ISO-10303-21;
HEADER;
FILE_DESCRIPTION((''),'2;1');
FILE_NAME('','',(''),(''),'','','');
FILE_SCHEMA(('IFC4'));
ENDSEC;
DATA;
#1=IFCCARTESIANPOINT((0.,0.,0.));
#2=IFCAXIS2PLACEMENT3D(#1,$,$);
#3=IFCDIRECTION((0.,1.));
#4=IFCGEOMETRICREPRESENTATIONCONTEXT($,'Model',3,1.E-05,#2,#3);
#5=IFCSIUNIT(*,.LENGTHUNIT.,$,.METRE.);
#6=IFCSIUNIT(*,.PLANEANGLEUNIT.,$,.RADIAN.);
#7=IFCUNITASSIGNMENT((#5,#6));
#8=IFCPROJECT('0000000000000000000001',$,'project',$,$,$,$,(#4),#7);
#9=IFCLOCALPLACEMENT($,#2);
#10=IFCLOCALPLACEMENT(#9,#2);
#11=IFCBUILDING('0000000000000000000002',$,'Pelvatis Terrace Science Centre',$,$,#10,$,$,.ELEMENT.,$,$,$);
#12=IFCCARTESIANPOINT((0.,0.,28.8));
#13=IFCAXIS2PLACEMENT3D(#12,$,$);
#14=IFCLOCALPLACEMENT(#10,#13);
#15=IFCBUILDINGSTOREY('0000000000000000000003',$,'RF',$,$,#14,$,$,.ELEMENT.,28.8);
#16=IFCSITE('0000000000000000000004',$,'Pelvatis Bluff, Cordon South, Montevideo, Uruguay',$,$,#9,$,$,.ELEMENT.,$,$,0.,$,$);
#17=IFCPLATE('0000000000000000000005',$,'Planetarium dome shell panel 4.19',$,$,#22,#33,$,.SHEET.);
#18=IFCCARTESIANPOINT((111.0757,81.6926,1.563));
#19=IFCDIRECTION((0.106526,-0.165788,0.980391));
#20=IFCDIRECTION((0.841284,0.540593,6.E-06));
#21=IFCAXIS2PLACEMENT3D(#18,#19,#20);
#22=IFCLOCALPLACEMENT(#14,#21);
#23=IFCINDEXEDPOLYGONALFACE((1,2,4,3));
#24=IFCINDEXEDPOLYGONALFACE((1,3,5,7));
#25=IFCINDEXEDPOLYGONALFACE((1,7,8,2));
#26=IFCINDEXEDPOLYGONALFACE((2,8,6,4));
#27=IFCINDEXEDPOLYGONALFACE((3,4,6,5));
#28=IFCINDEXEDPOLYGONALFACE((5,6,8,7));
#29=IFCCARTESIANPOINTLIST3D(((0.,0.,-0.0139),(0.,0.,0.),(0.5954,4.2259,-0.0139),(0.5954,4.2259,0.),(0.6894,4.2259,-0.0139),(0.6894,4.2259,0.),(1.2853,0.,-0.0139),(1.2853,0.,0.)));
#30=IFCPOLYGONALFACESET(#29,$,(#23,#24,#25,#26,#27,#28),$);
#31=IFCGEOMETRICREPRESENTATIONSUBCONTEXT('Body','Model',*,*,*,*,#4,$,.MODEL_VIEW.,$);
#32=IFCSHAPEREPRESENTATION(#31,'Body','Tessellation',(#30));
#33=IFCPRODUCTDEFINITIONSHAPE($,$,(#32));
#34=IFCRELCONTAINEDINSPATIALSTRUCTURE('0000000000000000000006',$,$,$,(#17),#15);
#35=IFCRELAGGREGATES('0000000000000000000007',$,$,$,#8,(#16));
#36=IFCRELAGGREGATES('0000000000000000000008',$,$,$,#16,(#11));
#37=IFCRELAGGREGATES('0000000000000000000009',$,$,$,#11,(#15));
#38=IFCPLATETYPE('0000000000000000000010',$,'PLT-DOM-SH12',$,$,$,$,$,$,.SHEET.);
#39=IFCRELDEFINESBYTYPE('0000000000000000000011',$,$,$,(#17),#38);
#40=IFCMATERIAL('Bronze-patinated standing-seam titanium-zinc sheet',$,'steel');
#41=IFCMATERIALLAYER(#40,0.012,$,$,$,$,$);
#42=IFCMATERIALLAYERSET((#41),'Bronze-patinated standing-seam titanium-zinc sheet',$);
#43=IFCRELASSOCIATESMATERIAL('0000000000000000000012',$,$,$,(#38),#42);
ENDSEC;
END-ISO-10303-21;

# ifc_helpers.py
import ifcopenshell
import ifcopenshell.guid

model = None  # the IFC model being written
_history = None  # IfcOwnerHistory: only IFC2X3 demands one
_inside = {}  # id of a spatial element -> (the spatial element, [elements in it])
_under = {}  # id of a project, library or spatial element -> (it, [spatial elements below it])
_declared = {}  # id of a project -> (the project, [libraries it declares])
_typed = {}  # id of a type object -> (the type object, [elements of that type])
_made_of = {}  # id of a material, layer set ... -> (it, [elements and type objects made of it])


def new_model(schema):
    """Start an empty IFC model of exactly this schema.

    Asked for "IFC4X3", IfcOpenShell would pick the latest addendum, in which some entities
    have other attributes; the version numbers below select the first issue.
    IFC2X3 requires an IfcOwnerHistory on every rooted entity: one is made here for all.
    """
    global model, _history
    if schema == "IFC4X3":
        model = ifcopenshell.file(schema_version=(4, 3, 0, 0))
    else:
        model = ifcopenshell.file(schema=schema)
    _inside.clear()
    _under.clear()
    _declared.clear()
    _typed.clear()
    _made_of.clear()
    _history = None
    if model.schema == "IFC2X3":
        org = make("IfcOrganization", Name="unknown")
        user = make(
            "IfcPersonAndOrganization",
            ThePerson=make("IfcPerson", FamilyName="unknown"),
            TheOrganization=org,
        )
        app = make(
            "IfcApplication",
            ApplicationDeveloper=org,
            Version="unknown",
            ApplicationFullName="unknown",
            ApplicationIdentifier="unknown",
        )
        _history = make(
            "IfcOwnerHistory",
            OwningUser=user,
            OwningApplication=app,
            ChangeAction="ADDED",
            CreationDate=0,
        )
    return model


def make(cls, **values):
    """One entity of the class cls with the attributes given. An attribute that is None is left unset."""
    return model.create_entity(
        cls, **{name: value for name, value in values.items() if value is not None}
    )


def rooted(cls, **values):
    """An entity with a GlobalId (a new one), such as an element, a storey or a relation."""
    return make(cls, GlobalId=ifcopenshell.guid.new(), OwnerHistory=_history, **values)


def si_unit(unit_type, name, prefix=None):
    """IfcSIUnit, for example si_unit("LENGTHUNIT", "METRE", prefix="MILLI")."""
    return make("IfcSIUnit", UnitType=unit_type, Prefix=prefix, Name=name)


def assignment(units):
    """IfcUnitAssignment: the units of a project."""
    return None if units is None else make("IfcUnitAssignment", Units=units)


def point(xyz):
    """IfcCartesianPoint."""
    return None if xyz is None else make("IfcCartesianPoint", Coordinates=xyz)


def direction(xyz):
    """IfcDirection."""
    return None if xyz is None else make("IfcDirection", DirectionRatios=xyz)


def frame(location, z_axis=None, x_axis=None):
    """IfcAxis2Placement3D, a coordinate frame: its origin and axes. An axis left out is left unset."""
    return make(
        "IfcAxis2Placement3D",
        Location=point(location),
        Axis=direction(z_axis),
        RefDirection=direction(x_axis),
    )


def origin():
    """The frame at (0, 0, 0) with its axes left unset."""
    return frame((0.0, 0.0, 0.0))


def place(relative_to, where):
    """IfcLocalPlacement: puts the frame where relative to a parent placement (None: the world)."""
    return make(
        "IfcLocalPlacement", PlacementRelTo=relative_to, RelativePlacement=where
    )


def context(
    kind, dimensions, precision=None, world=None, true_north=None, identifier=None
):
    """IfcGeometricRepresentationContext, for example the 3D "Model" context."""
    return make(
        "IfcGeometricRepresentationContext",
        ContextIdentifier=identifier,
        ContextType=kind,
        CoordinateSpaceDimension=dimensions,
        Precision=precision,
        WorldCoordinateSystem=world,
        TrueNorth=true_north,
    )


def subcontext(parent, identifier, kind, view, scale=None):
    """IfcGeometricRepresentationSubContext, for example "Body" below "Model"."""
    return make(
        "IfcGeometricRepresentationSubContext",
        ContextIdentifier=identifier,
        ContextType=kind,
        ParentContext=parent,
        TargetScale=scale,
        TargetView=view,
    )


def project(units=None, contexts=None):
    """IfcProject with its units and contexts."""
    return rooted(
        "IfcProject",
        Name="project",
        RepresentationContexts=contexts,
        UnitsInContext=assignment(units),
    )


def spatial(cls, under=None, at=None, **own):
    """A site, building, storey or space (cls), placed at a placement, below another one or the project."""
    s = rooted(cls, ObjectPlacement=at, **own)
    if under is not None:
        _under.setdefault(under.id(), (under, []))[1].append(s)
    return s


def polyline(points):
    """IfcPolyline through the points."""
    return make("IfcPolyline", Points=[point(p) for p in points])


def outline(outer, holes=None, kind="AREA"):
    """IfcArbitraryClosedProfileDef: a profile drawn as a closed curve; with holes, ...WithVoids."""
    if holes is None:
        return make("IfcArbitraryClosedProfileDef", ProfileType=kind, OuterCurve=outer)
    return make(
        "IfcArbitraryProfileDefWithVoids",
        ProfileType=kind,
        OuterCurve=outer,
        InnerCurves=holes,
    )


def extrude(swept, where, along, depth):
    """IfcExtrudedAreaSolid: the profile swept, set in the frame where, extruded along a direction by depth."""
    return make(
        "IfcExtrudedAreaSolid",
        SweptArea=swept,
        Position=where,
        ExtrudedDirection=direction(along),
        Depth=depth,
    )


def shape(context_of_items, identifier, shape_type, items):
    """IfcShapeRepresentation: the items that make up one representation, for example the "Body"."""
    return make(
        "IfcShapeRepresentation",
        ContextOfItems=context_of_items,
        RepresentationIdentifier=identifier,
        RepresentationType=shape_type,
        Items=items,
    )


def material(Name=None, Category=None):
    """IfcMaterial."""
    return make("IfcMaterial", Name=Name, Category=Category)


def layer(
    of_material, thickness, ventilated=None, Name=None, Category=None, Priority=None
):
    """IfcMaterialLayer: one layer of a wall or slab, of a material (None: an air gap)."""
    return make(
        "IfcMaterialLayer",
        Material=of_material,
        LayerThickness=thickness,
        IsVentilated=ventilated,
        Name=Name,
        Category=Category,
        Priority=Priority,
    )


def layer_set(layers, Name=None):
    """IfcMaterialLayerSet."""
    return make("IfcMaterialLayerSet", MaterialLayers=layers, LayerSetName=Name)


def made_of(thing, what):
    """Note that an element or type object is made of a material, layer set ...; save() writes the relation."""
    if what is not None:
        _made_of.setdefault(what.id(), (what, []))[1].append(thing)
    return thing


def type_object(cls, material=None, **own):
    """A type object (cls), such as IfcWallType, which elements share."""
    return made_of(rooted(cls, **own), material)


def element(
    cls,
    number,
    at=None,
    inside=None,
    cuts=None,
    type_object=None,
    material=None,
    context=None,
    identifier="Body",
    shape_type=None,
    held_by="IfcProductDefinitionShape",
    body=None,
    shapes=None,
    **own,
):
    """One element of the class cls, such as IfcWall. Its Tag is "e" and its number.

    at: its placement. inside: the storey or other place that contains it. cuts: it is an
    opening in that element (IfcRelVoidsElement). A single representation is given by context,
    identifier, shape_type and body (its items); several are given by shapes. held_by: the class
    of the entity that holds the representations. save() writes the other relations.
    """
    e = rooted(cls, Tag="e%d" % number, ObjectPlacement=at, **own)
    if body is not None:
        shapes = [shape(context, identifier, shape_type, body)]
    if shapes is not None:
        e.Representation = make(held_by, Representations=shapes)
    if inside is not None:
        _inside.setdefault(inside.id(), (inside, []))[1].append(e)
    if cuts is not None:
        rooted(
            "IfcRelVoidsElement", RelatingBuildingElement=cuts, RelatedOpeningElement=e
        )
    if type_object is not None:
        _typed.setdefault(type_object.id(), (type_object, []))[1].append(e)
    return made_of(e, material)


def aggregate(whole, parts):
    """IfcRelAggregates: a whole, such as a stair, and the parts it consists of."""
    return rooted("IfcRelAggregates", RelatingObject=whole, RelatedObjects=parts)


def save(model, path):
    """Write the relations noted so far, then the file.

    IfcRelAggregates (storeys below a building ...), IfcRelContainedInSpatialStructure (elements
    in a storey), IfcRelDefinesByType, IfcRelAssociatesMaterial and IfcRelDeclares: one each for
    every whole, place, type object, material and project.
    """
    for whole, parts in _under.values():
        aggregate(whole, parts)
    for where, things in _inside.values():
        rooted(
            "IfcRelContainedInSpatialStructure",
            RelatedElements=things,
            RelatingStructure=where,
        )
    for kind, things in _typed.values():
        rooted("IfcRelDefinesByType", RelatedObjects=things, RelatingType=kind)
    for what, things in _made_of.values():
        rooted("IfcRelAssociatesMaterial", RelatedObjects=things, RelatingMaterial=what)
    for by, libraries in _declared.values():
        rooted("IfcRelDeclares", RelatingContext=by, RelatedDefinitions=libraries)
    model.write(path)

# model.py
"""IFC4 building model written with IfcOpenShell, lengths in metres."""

from ifc_helpers import new_model, si_unit, direction, frame, origin, place, context, subcontext, project, spatial, polyline, outline, extrude, material, layer, layer_set, type_object, element, save


model = new_model("IFC4")

# Units and contexts
model_context = context("Model", 3, precision=1e-05, world=origin(), true_north=direction((0.0, 1.0)))
body_context = subcontext(model_context, "Body", "Model", "MODEL_VIEW")
ifc_project = project(units=[si_unit("LENGTHUNIT", "METRE"), si_unit("PLANEANGLEUNIT", "RADIAN")], contexts=[model_context])

# Site, building, storey
site_placement = place(None, origin())
site = spatial("IfcSite", under=ifc_project, at=site_placement, Name="Pelvatis Bluff, Cordon South, Montevideo, Uruguay", CompositionType="ELEMENT", RefElevation=0.0)
building_placement = place(site_placement, origin())
building = spatial("IfcBuilding", under=site, at=building_placement, Name="Pelvatis Terrace Science Centre", CompositionType="ELEMENT")
storey_placement = place(building_placement, frame((0.0, 0.0, 28.8)))
storey = spatial("IfcBuildingStorey", under=building, at=storey_placement, Name="RF", CompositionType="ELEMENT", Elevation=28.8)

# Plate
ifc_material_1 = material(Name="Bronze-patinated standing-seam titanium-zinc sheet", Category="steel")
ifc_layer_1 = layer(ifc_material_1, 0.012)
ifc_layer_set_1 = layer_set([ifc_layer_1], Name="Bronze-patinated standing-seam titanium-zinc sheet")
plate_type_1 = type_object("IfcPlateType", Name="PLT-DOM-SH12", PredefinedType="SHEET", material=ifc_layer_set_1)
plate_1_placement = place(storey_placement, frame((111.0757, 81.6926, 1.563), z_axis=(0.106526, -0.165788, 0.980391), x_axis=(0.841284, 0.540593, 0.000006)))
element("IfcPlate", 1, at=plate_1_placement, inside=storey, type_object=plate_type_1, Name="Planetarium dome shell panel 4.19", PredefinedType="SHEET", context=body_context, shape_type="SweptSolid", body=[
    extrude(outline(polyline([(0.0, 0.0), (1.2853, 0.0), (0.6894, 4.2259), (0.5954, 4.2259), (0.0, 0.0)])), origin(), (0.0, 0.0, -1.0), 0.0139),
])

save(model, "model.ifc")
